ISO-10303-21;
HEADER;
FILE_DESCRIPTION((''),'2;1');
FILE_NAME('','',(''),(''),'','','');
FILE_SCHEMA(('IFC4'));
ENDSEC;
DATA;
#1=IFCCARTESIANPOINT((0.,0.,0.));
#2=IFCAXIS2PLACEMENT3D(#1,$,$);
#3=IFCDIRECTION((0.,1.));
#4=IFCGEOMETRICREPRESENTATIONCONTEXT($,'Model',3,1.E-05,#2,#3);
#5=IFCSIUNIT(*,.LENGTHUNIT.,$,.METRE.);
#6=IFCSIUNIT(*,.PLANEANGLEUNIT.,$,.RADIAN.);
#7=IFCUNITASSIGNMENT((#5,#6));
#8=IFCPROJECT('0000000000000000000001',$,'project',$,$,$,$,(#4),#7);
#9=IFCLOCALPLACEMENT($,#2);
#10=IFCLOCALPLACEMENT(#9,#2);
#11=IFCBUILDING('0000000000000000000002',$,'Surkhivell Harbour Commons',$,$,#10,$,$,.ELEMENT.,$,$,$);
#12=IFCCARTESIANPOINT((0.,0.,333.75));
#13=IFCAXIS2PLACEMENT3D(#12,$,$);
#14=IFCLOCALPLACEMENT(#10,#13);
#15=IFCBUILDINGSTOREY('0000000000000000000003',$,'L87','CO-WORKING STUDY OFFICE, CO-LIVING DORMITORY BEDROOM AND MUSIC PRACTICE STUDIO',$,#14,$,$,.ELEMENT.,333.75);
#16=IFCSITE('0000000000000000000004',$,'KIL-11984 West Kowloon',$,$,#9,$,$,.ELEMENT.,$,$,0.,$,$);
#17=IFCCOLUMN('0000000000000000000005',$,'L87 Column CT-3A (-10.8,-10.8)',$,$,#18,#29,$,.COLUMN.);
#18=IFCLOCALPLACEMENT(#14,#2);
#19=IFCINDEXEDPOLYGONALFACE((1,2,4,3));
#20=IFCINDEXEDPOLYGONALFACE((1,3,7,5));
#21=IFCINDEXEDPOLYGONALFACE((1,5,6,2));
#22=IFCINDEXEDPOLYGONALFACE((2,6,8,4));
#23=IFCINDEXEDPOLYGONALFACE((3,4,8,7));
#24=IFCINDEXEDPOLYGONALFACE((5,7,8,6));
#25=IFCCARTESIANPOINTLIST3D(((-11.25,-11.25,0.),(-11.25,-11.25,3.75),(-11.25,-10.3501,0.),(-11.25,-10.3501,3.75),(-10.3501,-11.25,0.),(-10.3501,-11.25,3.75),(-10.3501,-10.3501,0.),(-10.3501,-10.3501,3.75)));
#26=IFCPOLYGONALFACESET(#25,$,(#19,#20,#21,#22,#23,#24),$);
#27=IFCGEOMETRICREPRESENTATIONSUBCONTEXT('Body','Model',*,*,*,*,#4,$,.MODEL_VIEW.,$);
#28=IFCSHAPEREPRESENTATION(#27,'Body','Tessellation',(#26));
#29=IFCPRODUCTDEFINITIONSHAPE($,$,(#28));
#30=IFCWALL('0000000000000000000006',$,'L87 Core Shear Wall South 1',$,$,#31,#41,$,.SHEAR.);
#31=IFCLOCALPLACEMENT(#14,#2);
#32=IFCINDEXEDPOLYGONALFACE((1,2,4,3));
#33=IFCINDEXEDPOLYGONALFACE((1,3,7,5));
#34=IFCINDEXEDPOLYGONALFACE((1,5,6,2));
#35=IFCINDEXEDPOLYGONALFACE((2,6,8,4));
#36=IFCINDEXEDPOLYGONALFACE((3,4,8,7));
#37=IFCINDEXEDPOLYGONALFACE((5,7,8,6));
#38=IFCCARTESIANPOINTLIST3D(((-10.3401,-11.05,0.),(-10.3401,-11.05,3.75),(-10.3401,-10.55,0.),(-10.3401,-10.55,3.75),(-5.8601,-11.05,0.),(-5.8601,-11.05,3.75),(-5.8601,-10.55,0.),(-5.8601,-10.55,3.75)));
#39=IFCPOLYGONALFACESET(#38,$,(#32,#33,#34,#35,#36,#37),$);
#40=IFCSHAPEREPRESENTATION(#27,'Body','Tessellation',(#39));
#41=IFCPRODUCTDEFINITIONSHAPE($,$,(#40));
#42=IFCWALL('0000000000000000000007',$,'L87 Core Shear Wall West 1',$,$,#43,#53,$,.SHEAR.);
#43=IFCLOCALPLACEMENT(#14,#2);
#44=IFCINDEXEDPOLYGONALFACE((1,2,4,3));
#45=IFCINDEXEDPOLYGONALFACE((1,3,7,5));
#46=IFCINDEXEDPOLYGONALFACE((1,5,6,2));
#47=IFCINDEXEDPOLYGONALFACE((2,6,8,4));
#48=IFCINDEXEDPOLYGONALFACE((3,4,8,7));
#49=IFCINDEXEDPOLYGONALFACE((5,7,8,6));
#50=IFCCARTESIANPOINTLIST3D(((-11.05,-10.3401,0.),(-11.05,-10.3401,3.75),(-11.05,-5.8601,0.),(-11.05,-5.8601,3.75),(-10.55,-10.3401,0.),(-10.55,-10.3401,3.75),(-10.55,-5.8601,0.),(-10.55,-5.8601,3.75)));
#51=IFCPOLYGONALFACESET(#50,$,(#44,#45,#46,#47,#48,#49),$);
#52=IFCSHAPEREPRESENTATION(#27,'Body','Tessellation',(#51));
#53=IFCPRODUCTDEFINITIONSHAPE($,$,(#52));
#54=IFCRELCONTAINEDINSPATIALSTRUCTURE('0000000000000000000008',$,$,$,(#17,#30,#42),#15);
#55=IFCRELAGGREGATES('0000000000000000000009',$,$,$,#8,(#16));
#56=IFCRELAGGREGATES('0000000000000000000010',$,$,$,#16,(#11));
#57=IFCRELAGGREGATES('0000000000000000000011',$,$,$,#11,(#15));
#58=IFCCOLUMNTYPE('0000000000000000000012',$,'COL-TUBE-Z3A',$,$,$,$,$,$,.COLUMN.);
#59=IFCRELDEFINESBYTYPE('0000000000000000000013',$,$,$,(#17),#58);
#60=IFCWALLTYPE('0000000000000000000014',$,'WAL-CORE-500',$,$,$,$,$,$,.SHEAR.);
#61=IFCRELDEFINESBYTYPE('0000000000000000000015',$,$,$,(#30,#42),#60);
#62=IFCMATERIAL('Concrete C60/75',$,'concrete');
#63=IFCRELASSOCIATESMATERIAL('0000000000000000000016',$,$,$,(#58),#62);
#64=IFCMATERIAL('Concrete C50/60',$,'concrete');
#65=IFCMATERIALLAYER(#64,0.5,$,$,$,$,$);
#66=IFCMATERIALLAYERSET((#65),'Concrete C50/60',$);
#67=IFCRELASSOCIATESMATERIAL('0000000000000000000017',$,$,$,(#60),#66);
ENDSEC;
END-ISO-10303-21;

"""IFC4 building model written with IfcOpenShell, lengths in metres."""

from ifc_helpers import new_model, si_unit, direction, frame, frame_2d, origin, origin_2d, place, context, subcontext, project, spatial, rectangle, extrude, material, layer, layer_set, material_profile, profile_set, type_object, element, save


model = new_model("IFC4")

# Units and contexts
model_context = context("Model", 3, precision=1e-05, world=origin(), true_north=direction((0.0, 1.0)))
body_context = subcontext(model_context, "Body", "Model", "MODEL_VIEW")
ifc_project = project(units=[si_unit("LENGTHUNIT", "METRE"), si_unit("PLANEANGLEUNIT", "RADIAN")], contexts=[model_context])

# Site, building, storey
site_placement = place(None, origin())
site = spatial("IfcSite", under=ifc_project, at=site_placement, Name="KIL-11984 West Kowloon", CompositionType="ELEMENT", RefElevation=0.0)
building_placement = place(site_placement, origin())
building = spatial("IfcBuilding", under=site, at=building_placement, Name="Surkhivell Harbour Commons", CompositionType="ELEMENT")
storey_placement = place(building_placement, frame((0.0, 0.0, 333.75)))
storey = spatial("IfcBuildingStorey", under=building, at=storey_placement, Name="L87", Description="CO-WORKING STUDY OFFICE, CO-LIVING DORMITORY BEDROOM AND MUSIC PRACTICE STUDIO", CompositionType="ELEMENT", Elevation=333.75)

# Column
ifc_material_1 = material(Name="Concrete C60/75", Category="concrete")
ifc_material_profile = material_profile(ifc_material_1, rectangle(XDim=0.8999, YDim=0.8999, at=origin_2d()), Name="RC-COL-900x900")
ifc_profile_set = profile_set([ifc_material_profile], Name="Concrete C60/75")
column_type = type_object("IfcColumnType", Name="COL-TUBE-Z3A", PredefinedType="COLUMN", material=ifc_profile_set)
column_placement = place(storey_placement, frame((-10.8, -10.8, 0.0), z_axis=(0.0, 0.0, 1.0), x_axis=(1.0, 0.0, 0.0)))
element("IfcColumn", 1, at=column_placement, inside=storey, type_object=column_type, Name="L87 Column CT-3A (-10.8,-10.8)", PredefinedType="COLUMN", context=body_context, shape_type="SweptSolid", body=[
    extrude(rectangle(XDim=0.8999, YDim=0.8999, at=origin_2d()), origin(), (0.0, 0.0, 1.0), 3.75),
])

# Walls
ifc_material_2 = material(Name="Concrete C50/60", Category="concrete")
ifc_layer_1 = layer(ifc_material_2, 0.5)
ifc_layer_set_1 = layer_set([ifc_layer_1], Name="Concrete C50/60")
wall_type_1 = type_object("IfcWallType", Name="WAL-CORE-500", PredefinedType="SHEAR", material=ifc_layer_set_1)
for number, where, z_axis, x_axis, name in (
    (2, (-10.3401, -10.8, 0.0), (0.0, 0.0, 1.0), (1.0, 0.0, 0.0), "L87 Core Shear Wall South 1"),
    (3, (-10.8, -10.3401, 0.0), (0.0, 0.0, 1.0), (0.0, 1.0, 0.0), "L87 Core Shear Wall West 1"),
):
    element("IfcWall", number, at=place(storey_placement, frame(where, z_axis=z_axis, x_axis=x_axis)), inside=storey, type_object=wall_type_1, Name=name, PredefinedType="SHEAR", context=body_context, shape_type="SweptSolid", body=[
        extrude(rectangle(XDim=4.48, YDim=0.5, at=frame_2d((2.24, 0.0))), origin(), (0.0, 0.0, 1.0), 3.75),
    ])

save(model, "model.ifc")
